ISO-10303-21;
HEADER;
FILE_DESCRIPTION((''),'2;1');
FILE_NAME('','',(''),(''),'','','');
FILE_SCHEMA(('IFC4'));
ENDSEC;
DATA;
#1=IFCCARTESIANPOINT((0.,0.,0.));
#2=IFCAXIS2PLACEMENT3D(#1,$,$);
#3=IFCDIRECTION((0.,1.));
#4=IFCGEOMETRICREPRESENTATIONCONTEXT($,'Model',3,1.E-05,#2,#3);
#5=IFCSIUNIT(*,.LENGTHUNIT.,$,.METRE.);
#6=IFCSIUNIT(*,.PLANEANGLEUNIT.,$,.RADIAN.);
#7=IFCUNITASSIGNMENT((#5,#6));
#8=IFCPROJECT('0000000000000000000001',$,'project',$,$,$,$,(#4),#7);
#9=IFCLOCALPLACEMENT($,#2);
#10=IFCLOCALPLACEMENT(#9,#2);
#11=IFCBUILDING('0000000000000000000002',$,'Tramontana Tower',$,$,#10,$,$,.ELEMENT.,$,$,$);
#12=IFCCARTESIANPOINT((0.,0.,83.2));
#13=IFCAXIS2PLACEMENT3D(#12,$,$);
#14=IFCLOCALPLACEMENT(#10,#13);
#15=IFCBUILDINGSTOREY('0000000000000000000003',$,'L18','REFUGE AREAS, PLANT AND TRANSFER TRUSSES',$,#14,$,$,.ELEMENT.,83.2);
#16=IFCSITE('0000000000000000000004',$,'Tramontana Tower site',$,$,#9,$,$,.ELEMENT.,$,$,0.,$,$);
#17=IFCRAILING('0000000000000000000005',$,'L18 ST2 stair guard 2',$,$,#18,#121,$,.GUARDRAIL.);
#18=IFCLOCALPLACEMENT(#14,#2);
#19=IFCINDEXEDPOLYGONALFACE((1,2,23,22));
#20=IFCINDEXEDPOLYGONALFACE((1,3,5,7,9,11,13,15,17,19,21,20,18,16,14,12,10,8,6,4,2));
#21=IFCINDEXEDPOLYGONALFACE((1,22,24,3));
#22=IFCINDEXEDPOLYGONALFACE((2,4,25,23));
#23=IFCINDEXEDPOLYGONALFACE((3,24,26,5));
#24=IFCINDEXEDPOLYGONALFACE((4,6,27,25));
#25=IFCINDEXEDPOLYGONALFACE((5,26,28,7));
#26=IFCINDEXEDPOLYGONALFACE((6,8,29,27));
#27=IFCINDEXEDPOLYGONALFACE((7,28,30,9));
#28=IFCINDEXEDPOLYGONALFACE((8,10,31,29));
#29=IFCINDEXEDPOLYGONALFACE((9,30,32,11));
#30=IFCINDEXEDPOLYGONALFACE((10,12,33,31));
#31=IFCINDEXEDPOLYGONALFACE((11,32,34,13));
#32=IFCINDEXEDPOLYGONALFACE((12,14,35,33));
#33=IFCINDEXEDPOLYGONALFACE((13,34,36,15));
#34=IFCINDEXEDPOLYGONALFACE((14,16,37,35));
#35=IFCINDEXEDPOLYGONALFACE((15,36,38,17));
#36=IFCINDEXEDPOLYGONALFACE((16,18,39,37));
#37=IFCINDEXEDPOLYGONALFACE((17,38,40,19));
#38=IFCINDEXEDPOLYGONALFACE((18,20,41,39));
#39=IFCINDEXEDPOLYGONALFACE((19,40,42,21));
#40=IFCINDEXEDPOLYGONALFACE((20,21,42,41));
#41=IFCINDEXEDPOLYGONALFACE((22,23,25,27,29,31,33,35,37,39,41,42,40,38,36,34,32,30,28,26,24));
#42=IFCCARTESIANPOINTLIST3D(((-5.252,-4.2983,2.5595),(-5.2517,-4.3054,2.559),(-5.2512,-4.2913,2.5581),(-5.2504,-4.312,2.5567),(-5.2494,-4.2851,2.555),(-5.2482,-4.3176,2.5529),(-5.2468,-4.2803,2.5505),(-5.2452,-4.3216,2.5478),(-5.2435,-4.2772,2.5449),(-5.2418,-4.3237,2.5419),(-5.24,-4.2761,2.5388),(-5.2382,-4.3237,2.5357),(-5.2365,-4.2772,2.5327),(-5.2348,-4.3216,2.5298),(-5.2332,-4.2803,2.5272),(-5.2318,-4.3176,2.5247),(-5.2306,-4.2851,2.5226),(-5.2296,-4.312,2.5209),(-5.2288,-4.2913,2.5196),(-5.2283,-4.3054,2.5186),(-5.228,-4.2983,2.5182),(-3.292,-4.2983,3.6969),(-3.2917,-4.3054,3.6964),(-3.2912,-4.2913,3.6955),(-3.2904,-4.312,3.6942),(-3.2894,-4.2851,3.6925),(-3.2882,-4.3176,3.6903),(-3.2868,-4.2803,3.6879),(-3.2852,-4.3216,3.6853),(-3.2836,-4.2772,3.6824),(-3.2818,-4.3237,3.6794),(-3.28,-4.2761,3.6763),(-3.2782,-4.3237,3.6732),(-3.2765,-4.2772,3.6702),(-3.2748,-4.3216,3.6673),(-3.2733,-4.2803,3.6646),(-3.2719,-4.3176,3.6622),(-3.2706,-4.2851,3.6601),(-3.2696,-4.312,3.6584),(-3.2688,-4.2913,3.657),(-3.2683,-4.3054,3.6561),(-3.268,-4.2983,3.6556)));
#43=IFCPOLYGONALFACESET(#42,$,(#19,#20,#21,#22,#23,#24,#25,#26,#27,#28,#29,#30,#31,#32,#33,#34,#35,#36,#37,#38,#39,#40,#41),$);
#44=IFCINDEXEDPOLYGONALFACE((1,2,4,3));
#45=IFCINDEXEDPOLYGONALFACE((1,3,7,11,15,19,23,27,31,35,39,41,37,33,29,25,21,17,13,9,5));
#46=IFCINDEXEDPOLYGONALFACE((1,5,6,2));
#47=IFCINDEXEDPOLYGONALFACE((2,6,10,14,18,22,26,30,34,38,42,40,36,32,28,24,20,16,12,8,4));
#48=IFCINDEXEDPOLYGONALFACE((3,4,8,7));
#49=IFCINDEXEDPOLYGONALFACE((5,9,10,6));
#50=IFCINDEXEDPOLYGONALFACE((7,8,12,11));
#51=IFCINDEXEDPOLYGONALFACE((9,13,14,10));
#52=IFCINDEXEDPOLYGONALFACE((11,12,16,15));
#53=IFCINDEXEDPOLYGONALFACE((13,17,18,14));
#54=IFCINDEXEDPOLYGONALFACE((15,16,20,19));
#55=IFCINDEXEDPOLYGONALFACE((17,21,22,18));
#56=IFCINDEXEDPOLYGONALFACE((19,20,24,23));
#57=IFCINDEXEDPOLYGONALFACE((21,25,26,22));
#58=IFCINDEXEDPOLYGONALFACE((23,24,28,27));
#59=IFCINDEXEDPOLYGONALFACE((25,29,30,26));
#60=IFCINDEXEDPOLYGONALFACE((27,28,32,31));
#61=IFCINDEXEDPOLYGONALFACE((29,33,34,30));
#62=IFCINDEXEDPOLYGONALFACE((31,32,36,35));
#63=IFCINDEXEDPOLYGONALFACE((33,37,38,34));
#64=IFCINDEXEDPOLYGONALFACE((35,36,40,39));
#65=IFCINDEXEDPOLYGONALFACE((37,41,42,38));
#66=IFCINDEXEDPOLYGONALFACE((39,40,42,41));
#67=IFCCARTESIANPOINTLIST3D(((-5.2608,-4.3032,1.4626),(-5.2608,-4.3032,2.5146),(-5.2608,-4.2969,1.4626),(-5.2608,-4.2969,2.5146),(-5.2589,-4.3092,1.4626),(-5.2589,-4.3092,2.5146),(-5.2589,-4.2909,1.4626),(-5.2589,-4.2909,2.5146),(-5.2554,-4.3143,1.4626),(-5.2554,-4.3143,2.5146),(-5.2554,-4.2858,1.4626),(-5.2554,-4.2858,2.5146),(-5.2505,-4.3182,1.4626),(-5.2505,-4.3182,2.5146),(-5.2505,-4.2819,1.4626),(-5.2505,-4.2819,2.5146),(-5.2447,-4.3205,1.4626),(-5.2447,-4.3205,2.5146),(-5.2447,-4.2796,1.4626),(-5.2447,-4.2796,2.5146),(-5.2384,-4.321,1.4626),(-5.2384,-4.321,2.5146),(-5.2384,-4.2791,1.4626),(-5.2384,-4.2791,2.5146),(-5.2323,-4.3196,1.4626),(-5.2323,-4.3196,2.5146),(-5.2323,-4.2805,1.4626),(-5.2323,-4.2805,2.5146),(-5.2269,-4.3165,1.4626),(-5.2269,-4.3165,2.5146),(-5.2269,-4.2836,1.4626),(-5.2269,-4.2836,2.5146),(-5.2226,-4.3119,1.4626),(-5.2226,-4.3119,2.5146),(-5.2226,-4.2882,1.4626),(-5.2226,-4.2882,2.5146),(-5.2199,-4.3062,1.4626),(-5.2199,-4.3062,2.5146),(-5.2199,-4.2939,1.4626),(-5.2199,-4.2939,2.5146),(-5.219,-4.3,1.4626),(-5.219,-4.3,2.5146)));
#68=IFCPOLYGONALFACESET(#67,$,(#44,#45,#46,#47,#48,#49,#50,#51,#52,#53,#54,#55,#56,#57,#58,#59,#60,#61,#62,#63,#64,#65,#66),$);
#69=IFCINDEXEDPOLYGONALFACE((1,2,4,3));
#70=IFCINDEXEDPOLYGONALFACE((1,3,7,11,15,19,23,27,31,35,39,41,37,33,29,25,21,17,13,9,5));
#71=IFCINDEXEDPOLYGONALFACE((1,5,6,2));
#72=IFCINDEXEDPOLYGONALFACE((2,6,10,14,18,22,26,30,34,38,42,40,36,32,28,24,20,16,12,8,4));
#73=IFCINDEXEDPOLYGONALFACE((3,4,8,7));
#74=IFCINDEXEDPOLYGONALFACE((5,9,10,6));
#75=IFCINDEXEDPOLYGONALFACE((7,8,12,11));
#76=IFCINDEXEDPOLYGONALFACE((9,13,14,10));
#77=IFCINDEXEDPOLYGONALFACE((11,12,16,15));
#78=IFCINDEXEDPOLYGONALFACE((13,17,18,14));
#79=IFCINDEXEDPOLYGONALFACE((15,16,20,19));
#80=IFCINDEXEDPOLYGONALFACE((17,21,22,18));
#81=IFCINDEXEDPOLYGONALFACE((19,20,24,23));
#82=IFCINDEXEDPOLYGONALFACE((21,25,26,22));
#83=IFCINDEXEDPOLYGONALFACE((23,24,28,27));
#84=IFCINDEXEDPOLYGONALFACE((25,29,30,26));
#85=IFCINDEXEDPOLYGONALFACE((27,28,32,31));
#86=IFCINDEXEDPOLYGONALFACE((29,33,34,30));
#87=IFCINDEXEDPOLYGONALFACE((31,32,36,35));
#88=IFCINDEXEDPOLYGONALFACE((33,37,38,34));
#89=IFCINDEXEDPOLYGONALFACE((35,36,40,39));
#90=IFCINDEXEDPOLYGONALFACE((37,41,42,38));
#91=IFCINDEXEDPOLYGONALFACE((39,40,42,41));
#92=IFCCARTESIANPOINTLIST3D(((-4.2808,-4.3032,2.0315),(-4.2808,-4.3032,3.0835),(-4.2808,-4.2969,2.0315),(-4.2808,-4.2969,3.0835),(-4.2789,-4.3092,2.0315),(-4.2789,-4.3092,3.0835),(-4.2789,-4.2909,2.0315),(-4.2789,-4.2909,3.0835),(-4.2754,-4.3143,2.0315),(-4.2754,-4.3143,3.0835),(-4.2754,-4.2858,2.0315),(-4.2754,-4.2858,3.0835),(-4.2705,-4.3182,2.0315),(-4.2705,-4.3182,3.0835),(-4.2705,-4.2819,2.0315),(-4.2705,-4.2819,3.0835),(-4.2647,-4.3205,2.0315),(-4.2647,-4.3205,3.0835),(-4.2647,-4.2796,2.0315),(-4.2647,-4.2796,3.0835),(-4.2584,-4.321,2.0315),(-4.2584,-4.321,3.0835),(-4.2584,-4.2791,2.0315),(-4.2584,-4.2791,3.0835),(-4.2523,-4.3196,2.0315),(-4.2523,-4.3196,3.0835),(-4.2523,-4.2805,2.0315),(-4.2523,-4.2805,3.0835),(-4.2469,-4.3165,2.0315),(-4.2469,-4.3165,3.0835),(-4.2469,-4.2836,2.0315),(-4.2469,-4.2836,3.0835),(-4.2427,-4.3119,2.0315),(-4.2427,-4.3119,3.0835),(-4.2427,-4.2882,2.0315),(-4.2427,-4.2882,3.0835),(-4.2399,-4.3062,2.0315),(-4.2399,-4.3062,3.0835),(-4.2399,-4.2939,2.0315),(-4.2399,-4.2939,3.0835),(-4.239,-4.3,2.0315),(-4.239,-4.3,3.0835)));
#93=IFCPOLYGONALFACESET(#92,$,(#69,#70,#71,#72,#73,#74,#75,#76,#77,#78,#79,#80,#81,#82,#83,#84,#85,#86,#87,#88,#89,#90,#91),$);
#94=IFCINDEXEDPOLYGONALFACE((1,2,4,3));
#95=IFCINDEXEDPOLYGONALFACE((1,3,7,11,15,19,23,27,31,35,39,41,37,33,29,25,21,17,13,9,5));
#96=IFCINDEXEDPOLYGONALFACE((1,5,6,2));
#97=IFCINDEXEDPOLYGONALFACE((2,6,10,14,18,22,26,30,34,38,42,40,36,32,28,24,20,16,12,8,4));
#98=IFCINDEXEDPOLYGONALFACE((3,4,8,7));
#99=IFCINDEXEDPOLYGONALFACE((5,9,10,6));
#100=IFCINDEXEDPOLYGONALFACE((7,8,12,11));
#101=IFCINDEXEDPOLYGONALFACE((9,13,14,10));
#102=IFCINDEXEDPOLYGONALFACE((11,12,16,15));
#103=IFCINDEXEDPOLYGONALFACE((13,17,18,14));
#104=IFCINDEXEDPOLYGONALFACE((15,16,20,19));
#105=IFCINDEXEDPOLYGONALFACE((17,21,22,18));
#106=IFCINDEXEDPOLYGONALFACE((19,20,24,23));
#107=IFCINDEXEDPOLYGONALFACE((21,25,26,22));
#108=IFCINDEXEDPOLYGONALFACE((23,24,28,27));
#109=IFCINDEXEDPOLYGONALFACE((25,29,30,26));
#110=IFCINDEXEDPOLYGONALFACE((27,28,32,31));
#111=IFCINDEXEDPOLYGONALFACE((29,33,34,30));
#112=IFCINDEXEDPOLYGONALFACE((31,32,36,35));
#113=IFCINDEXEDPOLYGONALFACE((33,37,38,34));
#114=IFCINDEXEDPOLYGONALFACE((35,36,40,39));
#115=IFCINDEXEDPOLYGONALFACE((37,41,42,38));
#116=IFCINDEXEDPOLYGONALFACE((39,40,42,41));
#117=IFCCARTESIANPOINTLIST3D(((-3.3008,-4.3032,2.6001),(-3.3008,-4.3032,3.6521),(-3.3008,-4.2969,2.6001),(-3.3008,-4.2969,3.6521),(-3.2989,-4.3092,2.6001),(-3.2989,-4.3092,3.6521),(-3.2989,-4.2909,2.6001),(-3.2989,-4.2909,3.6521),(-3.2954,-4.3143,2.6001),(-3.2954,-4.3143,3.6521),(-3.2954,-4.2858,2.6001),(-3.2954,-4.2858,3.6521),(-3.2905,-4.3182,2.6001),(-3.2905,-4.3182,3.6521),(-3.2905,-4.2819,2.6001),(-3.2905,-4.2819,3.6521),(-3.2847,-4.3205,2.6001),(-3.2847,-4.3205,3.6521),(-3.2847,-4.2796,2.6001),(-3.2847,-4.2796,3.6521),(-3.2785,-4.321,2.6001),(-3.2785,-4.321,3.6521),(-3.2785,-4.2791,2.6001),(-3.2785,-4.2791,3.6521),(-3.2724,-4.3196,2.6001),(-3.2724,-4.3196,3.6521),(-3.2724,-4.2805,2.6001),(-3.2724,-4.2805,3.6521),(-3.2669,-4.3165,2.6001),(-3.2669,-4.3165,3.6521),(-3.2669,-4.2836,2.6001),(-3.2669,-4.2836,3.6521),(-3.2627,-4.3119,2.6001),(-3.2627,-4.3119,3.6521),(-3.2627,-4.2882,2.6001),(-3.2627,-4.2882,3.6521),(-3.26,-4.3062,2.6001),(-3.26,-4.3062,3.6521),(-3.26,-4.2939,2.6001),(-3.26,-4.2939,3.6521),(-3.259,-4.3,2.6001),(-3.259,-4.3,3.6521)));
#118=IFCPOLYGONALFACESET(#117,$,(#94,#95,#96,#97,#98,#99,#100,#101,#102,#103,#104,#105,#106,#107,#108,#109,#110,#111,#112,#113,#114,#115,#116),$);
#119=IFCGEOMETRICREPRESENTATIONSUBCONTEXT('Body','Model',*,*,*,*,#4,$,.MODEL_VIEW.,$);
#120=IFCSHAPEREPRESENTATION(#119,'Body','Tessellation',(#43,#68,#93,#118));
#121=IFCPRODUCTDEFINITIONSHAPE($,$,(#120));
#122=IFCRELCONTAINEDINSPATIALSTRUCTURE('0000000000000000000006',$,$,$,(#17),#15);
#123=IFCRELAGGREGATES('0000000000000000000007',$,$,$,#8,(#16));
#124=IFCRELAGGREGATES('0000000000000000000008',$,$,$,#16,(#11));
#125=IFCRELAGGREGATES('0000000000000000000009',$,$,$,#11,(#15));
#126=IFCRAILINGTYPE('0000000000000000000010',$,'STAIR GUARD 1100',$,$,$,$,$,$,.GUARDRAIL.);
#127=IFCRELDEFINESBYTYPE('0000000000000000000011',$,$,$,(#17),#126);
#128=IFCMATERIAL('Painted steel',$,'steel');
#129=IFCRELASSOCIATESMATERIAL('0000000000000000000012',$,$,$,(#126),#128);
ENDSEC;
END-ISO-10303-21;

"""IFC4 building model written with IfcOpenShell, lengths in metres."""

from ifc_helpers import new_model, si_unit, direction, frame, origin, origin_2d, place, context, subcontext, project, spatial, circle, extrude, material, type_object, element, save


model = new_model("IFC4")

# Units and contexts
model_context = context("Model", 3, precision=1e-05, world=origin(), true_north=direction((0.0, 1.0)))
body_context = subcontext(model_context, "Body", "Model", "MODEL_VIEW")
ifc_project = project(units=[si_unit("LENGTHUNIT", "METRE"), si_unit("PLANEANGLEUNIT", "RADIAN")], contexts=[model_context])

# Site, building, storey
site_placement = place(None, origin())
site = spatial("IfcSite", under=ifc_project, at=site_placement, Name="Tramontana Tower site", CompositionType="ELEMENT", RefElevation=0.0)
building_placement = place(site_placement, origin())
building = spatial("IfcBuilding", under=site, at=building_placement, Name="Tramontana Tower", CompositionType="ELEMENT")
storey_placement = place(building_placement, frame((0.0, 0.0, 83.2)))
storey = spatial("IfcBuildingStorey", under=building, at=storey_placement, Name="L18", Description="REFUGE AREAS, PLANT AND TRANSFER TRUSSES", CompositionType="ELEMENT", Elevation=83.2)

# Railing
ifc_material_1 = material(Name="Painted steel", Category="steel")
railing_type_1 = type_object("IfcRailingType", Name="STAIR GUARD 1100", PredefinedType="GUARDRAIL", material=ifc_material_1)
railing_1_placement = place(storey_placement, frame((-5.24, -4.3, 1.4626)))
element("IfcRailing", 1, at=railing_1_placement, inside=storey, type_object=railing_type_1, Name="L18 ST2 stair guard 2", PredefinedType="GUARDRAIL", context=body_context, shape_type="SweptSolid", body=[
    extrude(circle(Radius=0.0239, at=origin_2d()), frame((0.0, 0.0, 1.0762), z_axis=(0.864902, 0.0, 0.501941), x_axis=(0.0, 1.0, 0.0)), (0.0, 0.0, 1.0), 2.2661),
    extrude(circle(Radius=0.021, at=origin_2d()), origin(), (0.0, 0.0, 1.0), 1.052),
    extrude(circle(Radius=0.021, at=origin_2d()), frame((0.98, 0.0, 0.5688)), (0.0, 0.0, 1.0), 1.052),
    extrude(circle(Radius=0.021, at=origin_2d()), frame((1.96, 0.0, 1.1375)), (0.0, 0.0, 1.0), 1.052),
])

save(model, "model.ifc")
